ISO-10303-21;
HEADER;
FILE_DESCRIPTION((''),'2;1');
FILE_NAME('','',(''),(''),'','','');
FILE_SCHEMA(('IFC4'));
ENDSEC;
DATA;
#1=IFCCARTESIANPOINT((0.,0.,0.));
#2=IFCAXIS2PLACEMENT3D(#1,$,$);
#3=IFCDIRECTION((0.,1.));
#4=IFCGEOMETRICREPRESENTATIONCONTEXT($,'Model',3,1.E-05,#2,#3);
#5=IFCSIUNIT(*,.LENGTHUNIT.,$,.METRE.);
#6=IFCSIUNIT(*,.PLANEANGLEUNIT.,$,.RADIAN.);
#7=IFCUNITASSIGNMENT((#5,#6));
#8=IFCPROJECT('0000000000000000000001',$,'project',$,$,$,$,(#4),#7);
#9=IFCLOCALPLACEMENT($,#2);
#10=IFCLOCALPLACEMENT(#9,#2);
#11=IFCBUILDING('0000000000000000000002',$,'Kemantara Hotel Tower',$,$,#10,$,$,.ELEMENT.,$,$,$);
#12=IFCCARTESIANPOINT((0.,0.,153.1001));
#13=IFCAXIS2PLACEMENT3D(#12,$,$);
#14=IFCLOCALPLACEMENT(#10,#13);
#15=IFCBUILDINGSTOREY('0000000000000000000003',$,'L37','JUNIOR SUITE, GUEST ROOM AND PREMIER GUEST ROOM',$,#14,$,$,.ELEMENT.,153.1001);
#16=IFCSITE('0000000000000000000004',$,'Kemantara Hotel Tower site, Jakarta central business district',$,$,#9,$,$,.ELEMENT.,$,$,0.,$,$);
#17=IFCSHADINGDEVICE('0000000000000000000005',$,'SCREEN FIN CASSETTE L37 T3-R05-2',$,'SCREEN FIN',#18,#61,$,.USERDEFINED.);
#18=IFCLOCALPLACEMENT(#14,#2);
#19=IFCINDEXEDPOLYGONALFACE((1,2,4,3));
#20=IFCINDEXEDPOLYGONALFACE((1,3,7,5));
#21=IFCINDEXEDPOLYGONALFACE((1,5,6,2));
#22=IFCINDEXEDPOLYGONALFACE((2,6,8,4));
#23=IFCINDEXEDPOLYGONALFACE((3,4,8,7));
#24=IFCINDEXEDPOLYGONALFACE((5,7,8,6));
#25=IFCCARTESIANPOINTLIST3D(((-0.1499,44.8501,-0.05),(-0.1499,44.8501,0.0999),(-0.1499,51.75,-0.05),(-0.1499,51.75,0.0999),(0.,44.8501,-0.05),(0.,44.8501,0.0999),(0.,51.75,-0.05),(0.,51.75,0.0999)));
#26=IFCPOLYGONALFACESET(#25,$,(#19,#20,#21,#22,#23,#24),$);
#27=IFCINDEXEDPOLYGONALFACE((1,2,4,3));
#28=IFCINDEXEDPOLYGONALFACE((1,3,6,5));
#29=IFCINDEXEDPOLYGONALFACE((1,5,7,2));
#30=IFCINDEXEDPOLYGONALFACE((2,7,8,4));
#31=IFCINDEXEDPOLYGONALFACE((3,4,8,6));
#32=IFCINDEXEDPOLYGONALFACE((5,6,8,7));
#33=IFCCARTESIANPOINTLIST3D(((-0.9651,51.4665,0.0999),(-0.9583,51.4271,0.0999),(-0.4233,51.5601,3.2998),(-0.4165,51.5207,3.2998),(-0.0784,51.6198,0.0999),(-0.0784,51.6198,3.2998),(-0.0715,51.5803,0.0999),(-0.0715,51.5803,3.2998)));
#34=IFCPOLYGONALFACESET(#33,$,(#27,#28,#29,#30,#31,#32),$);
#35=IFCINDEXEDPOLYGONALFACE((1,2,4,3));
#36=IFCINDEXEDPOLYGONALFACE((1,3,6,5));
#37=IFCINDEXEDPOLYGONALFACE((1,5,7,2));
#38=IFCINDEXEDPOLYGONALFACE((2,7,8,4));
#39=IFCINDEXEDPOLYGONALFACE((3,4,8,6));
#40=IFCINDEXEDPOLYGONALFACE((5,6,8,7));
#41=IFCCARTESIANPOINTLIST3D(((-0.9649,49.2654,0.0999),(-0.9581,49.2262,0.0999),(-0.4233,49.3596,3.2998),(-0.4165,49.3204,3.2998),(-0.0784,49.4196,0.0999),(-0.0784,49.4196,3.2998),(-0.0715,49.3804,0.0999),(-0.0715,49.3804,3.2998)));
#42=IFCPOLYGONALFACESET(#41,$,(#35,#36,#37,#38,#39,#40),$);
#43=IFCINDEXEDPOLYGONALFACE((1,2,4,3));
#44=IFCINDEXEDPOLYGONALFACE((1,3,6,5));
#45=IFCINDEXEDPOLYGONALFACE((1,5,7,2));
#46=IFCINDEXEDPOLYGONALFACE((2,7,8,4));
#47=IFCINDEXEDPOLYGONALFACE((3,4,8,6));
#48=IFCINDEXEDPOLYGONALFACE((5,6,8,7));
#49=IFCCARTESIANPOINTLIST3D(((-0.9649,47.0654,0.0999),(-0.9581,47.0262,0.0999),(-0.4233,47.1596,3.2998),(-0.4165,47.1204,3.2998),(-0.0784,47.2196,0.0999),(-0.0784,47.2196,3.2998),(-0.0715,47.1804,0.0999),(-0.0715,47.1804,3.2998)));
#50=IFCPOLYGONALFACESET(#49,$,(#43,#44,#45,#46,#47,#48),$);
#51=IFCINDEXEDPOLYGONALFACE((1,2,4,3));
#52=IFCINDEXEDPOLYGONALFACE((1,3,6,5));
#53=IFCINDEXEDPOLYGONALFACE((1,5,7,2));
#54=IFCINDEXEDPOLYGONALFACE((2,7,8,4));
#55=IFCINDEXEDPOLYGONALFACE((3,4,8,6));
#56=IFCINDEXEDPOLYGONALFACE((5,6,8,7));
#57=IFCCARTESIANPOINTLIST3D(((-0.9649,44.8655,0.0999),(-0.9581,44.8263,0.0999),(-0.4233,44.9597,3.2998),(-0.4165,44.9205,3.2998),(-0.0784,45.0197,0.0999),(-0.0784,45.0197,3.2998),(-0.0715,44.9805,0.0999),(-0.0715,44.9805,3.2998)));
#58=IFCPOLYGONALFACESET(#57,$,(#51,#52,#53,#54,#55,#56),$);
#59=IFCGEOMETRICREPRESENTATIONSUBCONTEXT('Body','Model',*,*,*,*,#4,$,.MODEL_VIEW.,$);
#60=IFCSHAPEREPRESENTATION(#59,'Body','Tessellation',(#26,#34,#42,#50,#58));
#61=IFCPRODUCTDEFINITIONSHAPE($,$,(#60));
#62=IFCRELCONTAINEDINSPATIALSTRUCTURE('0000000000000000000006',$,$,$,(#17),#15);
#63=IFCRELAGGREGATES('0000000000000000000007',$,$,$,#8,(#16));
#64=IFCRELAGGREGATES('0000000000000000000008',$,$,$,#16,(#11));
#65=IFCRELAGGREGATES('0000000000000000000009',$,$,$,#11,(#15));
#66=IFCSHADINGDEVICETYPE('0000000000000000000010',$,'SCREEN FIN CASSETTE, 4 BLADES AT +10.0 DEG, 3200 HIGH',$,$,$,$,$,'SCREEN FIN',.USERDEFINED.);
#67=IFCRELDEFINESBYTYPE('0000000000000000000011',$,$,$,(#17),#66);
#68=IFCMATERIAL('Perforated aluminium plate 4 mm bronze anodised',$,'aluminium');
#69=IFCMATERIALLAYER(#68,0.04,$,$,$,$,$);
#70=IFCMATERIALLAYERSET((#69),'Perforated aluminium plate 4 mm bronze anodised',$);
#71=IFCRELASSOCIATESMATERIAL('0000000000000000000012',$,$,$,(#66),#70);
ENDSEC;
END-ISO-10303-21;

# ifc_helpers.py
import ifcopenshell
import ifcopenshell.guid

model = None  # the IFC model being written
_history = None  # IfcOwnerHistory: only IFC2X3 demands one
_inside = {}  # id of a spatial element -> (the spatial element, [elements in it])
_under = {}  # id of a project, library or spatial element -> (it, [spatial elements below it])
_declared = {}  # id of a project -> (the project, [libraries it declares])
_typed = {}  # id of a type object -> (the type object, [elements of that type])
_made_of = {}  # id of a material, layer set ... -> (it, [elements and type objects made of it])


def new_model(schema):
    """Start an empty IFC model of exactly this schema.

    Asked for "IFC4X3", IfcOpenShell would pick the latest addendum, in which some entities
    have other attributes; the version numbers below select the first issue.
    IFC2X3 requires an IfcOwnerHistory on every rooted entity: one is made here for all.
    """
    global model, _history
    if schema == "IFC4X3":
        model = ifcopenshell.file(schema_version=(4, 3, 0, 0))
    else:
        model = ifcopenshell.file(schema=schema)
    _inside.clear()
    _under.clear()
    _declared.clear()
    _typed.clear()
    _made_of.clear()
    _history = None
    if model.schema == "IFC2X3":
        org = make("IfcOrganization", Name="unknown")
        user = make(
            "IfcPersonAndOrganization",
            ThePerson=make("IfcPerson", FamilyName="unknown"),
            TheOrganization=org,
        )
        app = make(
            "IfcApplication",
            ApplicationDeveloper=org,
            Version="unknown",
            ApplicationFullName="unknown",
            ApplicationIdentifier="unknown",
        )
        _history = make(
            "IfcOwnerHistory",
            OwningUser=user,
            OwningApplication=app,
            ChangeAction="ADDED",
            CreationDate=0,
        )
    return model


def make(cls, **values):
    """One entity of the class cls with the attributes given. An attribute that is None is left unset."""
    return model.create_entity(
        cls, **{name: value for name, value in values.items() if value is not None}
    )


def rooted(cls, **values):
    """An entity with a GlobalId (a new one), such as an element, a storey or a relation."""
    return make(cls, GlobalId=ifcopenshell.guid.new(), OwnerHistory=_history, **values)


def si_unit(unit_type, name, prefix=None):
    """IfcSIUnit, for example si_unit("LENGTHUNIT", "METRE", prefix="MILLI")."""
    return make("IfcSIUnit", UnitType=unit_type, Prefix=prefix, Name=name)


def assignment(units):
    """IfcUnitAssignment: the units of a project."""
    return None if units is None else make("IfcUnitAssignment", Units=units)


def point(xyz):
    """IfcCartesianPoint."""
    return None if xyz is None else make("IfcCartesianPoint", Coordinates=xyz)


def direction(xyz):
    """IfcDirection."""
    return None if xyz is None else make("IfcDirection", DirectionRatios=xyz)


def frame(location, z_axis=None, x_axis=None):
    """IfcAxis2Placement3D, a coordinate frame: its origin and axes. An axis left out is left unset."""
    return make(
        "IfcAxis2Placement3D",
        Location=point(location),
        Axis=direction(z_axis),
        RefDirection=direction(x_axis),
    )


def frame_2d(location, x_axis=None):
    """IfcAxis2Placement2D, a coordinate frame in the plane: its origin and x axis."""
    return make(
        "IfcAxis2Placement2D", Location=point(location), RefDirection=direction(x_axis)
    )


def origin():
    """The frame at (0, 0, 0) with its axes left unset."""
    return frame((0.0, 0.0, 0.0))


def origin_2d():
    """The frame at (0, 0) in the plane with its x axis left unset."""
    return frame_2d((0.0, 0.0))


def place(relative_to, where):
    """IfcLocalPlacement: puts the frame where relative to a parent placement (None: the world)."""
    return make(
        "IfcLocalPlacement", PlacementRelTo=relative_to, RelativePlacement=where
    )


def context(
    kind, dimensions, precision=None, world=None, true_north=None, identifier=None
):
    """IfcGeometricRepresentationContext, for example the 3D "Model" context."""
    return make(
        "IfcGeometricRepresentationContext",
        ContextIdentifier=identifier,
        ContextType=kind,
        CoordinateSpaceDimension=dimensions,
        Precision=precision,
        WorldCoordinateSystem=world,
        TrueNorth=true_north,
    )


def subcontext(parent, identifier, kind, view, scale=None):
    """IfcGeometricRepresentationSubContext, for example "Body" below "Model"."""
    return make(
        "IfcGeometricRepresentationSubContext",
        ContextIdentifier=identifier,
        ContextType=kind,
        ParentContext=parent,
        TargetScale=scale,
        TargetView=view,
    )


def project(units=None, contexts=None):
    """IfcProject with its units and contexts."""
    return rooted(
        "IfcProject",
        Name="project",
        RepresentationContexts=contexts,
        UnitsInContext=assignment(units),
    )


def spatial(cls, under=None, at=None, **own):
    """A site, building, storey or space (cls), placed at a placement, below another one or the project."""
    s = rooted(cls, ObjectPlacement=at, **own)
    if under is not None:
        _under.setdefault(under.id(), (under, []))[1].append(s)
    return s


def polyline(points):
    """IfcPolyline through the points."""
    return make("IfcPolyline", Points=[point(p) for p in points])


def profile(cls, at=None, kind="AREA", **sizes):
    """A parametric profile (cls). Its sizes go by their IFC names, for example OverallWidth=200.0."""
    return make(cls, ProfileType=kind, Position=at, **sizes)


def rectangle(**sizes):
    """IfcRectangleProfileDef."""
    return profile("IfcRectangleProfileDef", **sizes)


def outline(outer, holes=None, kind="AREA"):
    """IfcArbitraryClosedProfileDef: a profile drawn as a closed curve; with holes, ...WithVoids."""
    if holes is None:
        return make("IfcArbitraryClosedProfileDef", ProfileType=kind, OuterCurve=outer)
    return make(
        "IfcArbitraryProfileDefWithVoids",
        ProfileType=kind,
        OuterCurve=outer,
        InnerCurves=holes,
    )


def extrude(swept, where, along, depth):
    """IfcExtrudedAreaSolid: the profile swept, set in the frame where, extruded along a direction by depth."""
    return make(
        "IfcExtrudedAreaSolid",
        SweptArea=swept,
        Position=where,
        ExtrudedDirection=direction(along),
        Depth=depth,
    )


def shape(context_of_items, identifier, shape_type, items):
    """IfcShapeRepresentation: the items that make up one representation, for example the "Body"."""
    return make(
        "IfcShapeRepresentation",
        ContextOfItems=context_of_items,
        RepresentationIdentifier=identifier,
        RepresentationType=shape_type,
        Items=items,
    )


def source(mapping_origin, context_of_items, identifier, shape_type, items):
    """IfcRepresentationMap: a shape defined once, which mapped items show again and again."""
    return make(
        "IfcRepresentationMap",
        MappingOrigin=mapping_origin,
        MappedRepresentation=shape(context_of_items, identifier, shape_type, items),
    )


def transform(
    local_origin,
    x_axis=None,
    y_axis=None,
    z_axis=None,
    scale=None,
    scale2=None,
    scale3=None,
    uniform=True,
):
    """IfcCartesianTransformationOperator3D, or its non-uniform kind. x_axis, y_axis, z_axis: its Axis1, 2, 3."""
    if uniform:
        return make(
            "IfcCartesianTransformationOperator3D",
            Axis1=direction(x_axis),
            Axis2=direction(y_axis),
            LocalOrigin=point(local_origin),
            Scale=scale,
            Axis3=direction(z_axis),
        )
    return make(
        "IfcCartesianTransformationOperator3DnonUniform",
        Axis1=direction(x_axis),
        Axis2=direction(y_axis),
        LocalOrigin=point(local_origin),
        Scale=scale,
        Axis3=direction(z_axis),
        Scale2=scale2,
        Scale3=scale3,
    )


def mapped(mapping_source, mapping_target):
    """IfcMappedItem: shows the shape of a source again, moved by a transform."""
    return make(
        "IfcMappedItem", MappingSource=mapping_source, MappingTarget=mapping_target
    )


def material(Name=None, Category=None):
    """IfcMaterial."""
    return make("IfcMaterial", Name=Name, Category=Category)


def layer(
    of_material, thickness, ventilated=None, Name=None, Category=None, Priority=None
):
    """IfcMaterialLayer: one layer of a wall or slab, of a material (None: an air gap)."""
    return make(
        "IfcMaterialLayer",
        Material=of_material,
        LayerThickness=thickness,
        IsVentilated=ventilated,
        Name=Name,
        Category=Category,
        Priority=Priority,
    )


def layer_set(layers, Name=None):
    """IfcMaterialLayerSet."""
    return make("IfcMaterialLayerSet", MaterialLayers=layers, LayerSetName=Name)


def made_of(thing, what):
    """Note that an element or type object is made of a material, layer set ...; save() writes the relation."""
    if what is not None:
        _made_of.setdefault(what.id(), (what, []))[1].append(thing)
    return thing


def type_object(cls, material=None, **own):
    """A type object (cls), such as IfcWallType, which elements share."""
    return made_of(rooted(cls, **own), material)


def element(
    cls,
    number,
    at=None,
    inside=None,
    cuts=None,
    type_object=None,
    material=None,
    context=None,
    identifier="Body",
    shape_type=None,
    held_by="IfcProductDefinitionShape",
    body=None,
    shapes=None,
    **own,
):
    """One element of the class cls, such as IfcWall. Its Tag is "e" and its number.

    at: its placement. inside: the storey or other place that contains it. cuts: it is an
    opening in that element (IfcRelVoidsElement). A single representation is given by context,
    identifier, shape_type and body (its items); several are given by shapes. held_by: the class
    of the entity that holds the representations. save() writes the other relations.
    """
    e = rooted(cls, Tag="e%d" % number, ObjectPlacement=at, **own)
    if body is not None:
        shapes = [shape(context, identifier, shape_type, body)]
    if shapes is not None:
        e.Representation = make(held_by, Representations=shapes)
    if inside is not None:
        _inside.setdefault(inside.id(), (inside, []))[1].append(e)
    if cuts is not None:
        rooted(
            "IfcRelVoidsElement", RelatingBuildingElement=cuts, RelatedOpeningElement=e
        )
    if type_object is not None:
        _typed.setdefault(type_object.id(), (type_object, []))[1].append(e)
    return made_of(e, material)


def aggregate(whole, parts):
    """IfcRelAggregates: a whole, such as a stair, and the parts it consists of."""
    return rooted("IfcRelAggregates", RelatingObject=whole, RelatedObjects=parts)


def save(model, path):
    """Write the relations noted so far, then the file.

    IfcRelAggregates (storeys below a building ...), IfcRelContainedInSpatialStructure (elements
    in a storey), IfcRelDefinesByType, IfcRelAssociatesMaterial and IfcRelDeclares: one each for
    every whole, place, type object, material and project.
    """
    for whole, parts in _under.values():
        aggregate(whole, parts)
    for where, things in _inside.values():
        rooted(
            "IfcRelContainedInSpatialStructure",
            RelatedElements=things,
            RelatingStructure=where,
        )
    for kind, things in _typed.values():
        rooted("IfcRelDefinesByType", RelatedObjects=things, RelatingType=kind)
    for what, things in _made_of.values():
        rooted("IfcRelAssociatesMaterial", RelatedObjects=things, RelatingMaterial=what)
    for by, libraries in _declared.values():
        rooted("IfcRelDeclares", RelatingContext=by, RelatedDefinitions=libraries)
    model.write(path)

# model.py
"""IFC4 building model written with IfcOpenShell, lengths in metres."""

from ifc_helpers import new_model, si_unit, direction, frame, origin, origin_2d, place, context, subcontext, project, spatial, polyline, rectangle, outline, extrude, source, transform, mapped, material, layer, layer_set, type_object, element, save


model = new_model("IFC4")

# Units and contexts
model_context = context("Model", 3, precision=1e-05, world=origin(), true_north=direction((0.0, 1.0)))
body_context = subcontext(model_context, "Body", "Model", "MODEL_VIEW")
ifc_project = project(units=[si_unit("LENGTHUNIT", "METRE"), si_unit("PLANEANGLEUNIT", "RADIAN")], contexts=[model_context])

# Site, building, storey
site_placement = place(None, origin())
site = spatial("IfcSite", under=ifc_project, at=site_placement, Name="Kemantara Hotel Tower site, Jakarta central business district", CompositionType="ELEMENT", RefElevation=0.0)
building_placement = place(site_placement, origin())
building = spatial("IfcBuilding", under=site, at=building_placement, Name="Kemantara Hotel Tower", CompositionType="ELEMENT")
storey_placement = place(building_placement, frame((0.0, 0.0, 153.1001)))
storey = spatial("IfcBuildingStorey", under=building, at=storey_placement, Name="L37", Description="JUNIOR SUITE, GUEST ROOM AND PREMIER GUEST ROOM", CompositionType="ELEMENT", Elevation=153.1001)

# Shading device
ifc_material_1 = material(Name="Perforated aluminium plate 4 mm bronze anodised", Category="aluminium")
ifc_layer_1 = layer(ifc_material_1, 0.04)
ifc_layer_set_1 = layer_set([ifc_layer_1], Name="Perforated aluminium plate 4 mm bronze anodised")
shading_device_type_1 = type_object("IfcShadingDeviceType", Name="SCREEN FIN CASSETTE, 4 BLADES AT +10.0 DEG, 3200 HIGH", ElementType="SCREEN FIN", PredefinedType="USERDEFINED", material=ifc_layer_set_1)
shared_shape_1 = source(origin(), body_context, "Body", "SweptSolid", [
    extrude(rectangle(XDim=6.8999, YDim=0.1499, at=origin_2d()), frame((3.3, -0.075, -0.1499), z_axis=(0.0, 0.0, 1.0), x_axis=(1.0, 0.0, 0.0)), (0.0, 0.0, 1.0), 0.1499),
    extrude(outline(polyline([(0.0, 0.0), (0.8999, 0.0), (0.3501, 3.2), (0.0, 3.2), (0.0, 0.0)])), frame((0.0198, -0.0715, 0.0), z_axis=(-0.98539, -0.170314, 0.0), x_axis=(0.170314, -0.98539, 0.0)), (0.0, 0.0, 1.0), 0.04),
    extrude(outline(polyline([(0.0, 0.0), (0.8999, 0.0), (0.3501, 3.2), (0.0, 3.2), (0.0, 0.0)])), frame((2.2197, -0.0715, 0.0), z_axis=(-0.985212, -0.171341, 0.0), x_axis=(0.171341, -0.985212, 0.0)), (0.0, 0.0, 1.0), 0.0398),
    extrude(outline(polyline([(0.0, 0.0), (0.8999, 0.0), (0.3501, 3.2), (0.0, 3.2), (0.0, 0.0)])), frame((4.4197, -0.0715, 0.0), z_axis=(-0.985212, -0.171341, 0.0), x_axis=(0.171341, -0.985212, 0.0)), (0.0, 0.0, 1.0), 0.0398),
    extrude(outline(polyline([(0.0, 0.0), (0.8999, 0.0), (0.3501, 3.2), (0.0, 3.2), (0.0, 0.0)])), frame((6.6196, -0.0715, 0.0), z_axis=(-0.985212, -0.171341, 0.0), x_axis=(0.171341, -0.985212, 0.0)), (0.0, 0.0, 1.0), 0.0398),
])
shading_device_1_placement = place(storey_placement, frame((0.0, 51.6001, 0.0999), z_axis=(0.0, 0.0, 1.0), x_axis=(0.0, -1.0, 0.0)))
element("IfcShadingDevice", 1, at=shading_device_1_placement, inside=storey, type_object=shading_device_type_1, Name="SCREEN FIN CASSETTE L37 T3-R05-2", ObjectType="SCREEN FIN", PredefinedType="USERDEFINED", context=body_context, shape_type="MappedRepresentation", body=[
    mapped(shared_shape_1, transform((0.0, 0.0, 0.0))),
])

save(model, "model.ifc")
